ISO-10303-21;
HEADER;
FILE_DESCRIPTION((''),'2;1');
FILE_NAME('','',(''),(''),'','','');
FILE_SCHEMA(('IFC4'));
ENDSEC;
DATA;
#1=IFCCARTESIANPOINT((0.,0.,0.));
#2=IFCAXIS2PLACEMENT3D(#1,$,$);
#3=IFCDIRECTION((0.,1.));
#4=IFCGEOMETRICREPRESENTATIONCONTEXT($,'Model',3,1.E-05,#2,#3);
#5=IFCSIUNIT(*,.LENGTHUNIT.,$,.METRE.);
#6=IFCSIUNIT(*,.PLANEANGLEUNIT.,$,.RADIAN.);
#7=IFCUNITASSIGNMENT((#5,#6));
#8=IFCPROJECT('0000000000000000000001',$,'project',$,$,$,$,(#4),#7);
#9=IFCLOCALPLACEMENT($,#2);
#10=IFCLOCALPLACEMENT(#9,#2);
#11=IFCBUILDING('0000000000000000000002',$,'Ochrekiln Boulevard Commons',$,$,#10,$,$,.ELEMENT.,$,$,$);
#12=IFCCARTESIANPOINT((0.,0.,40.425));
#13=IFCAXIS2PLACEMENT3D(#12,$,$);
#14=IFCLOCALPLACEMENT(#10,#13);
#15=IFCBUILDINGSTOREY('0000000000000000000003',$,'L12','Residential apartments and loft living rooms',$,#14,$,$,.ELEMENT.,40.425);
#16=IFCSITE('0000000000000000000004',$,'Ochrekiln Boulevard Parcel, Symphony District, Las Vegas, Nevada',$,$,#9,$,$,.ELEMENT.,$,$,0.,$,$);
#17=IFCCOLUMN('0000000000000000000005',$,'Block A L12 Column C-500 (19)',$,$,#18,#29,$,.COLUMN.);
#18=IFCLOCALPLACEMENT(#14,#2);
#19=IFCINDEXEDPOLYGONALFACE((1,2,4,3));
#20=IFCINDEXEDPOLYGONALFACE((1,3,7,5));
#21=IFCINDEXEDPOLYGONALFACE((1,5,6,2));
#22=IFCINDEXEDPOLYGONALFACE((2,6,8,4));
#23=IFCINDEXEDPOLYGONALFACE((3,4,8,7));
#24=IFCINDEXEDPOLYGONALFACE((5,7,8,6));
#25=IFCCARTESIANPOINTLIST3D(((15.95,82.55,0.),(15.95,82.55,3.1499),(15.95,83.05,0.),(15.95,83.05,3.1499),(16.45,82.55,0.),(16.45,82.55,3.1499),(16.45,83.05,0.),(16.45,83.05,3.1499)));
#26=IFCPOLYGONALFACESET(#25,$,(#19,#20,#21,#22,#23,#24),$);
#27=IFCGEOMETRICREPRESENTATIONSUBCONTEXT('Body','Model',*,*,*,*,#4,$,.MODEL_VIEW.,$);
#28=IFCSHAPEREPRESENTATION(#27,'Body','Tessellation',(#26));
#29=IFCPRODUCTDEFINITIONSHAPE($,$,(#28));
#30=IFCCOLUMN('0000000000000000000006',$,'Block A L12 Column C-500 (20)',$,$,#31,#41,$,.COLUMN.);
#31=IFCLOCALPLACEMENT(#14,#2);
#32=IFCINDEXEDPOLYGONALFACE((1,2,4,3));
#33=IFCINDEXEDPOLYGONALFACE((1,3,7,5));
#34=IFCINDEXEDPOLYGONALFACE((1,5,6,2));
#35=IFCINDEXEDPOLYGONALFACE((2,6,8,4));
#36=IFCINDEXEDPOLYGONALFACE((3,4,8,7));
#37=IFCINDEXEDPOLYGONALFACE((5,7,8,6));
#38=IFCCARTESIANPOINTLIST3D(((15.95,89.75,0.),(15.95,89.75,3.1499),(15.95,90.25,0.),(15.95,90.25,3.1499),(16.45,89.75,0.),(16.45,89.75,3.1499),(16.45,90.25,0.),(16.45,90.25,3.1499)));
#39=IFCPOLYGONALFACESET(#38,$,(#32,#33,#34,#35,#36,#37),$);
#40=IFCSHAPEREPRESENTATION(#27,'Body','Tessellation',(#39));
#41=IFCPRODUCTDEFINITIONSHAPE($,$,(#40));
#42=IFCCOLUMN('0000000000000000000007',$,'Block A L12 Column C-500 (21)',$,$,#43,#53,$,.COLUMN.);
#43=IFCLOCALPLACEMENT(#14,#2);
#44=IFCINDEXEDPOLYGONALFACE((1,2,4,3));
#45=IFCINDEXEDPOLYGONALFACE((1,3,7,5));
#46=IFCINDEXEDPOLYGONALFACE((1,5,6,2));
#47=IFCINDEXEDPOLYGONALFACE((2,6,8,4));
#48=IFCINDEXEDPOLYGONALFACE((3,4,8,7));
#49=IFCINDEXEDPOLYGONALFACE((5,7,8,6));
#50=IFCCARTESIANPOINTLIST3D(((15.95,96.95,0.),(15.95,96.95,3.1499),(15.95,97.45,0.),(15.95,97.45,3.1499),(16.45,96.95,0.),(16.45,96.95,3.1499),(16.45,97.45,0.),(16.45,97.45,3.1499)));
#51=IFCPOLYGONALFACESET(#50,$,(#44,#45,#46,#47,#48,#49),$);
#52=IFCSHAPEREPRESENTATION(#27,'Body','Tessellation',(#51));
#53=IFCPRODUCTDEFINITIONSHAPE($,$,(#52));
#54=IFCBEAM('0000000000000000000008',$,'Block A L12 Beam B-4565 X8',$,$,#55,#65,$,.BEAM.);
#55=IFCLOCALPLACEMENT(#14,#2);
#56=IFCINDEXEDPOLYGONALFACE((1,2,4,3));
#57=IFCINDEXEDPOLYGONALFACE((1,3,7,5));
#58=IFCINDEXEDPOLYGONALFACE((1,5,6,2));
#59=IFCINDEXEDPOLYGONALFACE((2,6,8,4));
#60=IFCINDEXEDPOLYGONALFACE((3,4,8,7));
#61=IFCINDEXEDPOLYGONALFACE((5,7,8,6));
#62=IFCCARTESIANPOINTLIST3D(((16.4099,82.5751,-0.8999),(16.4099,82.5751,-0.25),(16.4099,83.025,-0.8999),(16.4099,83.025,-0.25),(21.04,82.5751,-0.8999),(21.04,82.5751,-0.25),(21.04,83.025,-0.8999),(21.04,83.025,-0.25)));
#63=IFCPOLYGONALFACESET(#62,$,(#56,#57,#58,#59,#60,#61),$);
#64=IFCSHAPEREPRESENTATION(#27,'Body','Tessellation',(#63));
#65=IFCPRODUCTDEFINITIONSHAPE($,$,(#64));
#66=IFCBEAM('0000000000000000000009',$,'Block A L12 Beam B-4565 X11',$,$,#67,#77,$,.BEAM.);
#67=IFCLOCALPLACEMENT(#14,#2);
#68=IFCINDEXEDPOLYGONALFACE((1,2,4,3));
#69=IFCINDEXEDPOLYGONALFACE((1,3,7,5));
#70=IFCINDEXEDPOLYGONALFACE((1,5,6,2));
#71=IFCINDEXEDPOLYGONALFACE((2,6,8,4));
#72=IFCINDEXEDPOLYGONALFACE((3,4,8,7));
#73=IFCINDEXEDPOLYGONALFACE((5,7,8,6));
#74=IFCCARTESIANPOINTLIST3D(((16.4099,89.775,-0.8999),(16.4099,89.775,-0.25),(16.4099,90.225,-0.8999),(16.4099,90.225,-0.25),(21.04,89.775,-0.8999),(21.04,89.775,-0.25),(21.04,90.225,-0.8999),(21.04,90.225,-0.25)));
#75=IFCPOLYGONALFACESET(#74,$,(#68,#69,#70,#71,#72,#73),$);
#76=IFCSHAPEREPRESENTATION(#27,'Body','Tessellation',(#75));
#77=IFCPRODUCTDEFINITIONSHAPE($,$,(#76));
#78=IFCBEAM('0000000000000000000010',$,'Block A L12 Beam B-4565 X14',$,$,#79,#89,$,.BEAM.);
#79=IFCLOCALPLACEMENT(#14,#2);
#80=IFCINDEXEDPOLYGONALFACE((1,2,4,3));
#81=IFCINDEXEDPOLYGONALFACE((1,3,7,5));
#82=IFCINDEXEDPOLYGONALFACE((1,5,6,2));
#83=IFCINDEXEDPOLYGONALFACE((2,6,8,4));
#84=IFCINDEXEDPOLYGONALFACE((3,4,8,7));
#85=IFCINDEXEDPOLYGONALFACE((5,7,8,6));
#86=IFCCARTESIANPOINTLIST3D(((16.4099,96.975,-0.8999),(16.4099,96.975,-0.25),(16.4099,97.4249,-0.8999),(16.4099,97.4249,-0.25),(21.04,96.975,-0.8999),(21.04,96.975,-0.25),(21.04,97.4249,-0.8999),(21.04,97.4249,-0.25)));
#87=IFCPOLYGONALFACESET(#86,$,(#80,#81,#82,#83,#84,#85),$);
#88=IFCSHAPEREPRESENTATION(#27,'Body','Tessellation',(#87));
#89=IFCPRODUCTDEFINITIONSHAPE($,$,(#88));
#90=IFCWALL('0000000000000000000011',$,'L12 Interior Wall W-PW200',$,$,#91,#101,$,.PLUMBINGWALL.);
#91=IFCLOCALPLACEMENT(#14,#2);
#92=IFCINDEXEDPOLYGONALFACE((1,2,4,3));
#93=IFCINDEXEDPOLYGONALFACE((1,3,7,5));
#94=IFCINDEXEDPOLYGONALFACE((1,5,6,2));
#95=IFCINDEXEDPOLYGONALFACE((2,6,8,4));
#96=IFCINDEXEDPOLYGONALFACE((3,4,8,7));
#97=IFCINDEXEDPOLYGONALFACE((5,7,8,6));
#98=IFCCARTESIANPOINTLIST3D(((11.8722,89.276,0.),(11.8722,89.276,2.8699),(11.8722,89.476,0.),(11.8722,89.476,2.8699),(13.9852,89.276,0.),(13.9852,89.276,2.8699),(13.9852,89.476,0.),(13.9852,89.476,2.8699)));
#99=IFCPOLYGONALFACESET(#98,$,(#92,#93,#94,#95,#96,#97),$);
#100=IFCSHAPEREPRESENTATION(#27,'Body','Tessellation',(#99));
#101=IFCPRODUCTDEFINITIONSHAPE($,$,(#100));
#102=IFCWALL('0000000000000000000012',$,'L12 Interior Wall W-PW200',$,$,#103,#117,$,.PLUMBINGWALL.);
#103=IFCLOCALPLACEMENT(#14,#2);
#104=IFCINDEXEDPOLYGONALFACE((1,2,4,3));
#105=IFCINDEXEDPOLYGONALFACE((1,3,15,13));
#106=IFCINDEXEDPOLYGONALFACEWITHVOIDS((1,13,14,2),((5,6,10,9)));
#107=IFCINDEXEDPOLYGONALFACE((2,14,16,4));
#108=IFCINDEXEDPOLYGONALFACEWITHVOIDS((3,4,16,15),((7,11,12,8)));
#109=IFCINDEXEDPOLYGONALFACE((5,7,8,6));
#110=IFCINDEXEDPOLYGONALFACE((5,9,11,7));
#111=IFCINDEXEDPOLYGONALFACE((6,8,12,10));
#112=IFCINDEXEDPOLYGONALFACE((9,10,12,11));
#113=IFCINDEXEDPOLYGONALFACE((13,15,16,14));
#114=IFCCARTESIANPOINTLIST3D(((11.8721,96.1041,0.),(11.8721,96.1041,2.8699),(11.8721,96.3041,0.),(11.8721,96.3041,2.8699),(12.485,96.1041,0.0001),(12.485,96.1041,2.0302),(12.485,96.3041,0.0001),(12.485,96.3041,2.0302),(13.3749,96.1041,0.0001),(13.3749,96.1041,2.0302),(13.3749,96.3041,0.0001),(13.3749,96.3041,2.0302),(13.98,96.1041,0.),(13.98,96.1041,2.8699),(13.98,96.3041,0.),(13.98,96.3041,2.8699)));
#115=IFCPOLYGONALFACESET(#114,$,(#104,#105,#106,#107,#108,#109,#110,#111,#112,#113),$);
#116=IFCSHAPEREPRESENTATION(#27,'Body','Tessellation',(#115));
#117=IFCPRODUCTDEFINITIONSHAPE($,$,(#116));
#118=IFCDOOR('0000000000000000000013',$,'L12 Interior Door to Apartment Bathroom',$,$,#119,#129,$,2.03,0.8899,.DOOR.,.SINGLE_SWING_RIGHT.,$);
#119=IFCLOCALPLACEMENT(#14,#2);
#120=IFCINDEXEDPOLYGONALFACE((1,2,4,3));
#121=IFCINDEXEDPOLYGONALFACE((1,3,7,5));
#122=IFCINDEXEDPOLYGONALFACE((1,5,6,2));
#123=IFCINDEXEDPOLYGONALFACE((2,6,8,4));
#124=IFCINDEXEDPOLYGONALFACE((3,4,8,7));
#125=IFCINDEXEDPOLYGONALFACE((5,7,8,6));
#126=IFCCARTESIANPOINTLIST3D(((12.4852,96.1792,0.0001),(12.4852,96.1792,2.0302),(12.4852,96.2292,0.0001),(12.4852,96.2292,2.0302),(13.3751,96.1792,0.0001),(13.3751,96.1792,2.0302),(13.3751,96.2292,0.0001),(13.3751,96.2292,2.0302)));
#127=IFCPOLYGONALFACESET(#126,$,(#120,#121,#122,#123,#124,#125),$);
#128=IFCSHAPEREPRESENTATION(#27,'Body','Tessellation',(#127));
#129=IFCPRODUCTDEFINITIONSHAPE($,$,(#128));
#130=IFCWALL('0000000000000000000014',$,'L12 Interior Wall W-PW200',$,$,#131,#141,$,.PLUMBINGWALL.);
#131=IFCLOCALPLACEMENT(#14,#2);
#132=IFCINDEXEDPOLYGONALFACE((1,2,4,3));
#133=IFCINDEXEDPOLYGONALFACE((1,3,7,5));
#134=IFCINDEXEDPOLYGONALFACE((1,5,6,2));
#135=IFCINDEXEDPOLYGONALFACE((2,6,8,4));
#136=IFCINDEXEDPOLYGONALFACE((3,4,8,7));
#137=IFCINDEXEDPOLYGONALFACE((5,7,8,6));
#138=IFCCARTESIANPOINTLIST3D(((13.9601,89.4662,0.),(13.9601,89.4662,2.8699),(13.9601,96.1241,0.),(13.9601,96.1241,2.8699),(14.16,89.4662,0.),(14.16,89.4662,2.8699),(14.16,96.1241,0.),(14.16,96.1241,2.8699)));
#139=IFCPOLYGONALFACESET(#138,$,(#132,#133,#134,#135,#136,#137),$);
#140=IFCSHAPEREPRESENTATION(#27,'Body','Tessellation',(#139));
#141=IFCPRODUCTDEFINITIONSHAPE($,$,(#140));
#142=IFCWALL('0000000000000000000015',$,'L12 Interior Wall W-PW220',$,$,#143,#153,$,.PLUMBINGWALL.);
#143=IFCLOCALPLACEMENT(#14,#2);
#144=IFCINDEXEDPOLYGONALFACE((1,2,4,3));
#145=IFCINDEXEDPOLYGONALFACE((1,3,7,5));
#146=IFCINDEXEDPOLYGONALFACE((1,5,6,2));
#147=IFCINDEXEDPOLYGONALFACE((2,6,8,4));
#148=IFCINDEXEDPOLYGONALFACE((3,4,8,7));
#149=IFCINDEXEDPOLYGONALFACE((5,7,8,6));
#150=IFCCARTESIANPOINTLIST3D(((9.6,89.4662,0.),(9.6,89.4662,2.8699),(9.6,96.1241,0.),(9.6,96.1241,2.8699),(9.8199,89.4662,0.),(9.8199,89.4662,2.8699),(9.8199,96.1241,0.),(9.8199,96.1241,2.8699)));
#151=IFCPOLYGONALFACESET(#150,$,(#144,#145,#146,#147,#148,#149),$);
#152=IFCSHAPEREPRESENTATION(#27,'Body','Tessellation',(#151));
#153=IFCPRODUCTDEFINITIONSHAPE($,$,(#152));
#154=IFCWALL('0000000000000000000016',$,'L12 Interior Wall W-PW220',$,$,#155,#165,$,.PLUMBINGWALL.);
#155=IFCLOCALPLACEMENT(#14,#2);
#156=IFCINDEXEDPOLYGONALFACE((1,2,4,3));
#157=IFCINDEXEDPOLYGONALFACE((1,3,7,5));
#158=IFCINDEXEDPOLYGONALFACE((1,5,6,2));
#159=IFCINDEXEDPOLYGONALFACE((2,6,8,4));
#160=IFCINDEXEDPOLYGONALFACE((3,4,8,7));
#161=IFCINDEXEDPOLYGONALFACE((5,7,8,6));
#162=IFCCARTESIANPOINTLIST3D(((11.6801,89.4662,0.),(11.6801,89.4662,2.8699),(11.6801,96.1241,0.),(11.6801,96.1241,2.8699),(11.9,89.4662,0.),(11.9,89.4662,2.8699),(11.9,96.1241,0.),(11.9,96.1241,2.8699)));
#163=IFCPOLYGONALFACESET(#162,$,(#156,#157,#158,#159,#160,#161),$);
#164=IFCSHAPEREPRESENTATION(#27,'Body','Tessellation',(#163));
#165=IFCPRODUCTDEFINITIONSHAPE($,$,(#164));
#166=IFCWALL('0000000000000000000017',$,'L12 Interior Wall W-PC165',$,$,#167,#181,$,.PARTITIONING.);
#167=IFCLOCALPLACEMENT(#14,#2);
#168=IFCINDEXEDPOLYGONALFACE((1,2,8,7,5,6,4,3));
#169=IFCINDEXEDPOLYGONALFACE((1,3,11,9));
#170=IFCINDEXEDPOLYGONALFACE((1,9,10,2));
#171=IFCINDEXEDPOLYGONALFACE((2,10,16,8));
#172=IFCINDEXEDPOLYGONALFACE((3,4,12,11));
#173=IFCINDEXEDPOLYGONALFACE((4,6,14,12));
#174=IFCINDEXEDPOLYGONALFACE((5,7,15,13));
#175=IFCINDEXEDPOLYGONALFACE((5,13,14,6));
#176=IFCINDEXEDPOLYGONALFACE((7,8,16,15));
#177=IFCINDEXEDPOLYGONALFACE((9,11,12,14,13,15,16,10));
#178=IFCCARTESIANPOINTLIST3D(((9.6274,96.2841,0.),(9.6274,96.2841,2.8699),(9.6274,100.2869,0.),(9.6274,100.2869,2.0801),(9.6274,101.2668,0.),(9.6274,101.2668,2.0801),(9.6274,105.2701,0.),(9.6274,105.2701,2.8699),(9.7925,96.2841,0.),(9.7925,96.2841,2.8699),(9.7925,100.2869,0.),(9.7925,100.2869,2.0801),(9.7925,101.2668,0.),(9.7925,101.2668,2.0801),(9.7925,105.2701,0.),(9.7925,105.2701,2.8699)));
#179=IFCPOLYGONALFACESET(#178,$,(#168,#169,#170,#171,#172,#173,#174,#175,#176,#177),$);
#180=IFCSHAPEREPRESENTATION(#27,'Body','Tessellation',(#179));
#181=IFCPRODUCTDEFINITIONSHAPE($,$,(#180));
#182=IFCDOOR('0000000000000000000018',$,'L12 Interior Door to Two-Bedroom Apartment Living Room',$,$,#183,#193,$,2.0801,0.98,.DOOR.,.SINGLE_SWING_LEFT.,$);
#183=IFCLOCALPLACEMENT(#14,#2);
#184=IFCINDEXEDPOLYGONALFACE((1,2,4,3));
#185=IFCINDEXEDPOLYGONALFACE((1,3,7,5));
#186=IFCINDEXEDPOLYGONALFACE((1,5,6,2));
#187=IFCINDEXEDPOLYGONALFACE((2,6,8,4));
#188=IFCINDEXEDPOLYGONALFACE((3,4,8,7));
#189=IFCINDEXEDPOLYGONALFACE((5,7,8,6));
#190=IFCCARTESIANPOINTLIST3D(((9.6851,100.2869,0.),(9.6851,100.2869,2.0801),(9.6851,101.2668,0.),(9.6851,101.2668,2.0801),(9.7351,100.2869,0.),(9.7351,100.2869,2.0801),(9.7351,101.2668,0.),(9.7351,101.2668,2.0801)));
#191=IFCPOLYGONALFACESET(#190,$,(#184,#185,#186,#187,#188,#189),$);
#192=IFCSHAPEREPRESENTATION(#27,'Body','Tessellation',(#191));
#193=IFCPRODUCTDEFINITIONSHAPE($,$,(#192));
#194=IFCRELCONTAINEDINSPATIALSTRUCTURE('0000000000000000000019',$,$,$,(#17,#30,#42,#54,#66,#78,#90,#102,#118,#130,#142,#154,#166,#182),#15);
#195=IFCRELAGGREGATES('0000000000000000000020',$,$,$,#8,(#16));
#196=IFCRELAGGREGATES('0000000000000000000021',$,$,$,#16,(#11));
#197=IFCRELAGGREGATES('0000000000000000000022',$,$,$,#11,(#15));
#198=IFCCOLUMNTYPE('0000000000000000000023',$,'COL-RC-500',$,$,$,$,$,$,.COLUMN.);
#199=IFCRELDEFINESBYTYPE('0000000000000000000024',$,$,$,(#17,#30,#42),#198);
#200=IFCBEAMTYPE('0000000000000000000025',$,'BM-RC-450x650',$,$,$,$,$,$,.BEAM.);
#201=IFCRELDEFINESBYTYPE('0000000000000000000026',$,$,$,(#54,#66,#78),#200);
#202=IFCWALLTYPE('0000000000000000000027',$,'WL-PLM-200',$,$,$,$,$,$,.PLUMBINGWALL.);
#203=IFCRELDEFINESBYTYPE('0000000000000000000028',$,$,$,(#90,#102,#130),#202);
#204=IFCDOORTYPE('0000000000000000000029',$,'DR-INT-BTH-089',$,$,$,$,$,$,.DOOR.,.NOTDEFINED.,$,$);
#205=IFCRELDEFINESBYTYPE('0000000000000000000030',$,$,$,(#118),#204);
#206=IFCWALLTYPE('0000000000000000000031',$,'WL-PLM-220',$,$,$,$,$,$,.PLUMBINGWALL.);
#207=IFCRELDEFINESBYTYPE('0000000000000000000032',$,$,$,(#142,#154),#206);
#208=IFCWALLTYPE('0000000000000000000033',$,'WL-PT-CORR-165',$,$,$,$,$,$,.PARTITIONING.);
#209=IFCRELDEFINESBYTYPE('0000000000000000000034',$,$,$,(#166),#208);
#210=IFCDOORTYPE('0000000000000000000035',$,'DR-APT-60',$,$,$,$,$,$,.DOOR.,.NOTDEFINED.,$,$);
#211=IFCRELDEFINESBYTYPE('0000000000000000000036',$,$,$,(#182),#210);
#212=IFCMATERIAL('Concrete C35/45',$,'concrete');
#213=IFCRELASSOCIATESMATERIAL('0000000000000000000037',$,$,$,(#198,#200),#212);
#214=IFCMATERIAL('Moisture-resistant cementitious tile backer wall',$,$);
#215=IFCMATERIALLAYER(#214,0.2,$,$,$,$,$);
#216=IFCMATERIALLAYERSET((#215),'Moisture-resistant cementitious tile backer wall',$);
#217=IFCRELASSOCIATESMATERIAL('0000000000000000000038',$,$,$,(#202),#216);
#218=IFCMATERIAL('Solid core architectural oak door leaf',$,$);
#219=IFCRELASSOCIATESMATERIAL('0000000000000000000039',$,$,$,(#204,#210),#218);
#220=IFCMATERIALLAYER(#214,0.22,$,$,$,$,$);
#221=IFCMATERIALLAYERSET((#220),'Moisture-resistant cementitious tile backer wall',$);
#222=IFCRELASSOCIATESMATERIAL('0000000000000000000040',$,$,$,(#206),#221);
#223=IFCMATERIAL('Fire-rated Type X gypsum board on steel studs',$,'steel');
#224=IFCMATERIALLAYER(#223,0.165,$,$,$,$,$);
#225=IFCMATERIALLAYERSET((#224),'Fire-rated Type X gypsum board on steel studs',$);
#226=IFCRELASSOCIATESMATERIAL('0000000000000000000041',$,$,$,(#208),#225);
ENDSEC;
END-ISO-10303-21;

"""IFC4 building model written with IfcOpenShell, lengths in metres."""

from ifc_helpers import new_model, si_unit, direction, frame, frame_2d, origin, origin_2d, place, context, subcontext, project, spatial, rectangle, extrude, material, layer, layer_set, material_profile, profile_set, type_object, element, fill, save


model = new_model("IFC4")

# Units and contexts
model_context = context("Model", 3, precision=1e-05, world=origin(), true_north=direction((0.0, 1.0)))
body_context = subcontext(model_context, "Body", "Model", "MODEL_VIEW")
ifc_project = project(units=[si_unit("LENGTHUNIT", "METRE"), si_unit("PLANEANGLEUNIT", "RADIAN")], contexts=[model_context])

# Site, building, storey
site_placement = place(None, origin())
site = spatial("IfcSite", under=ifc_project, at=site_placement, Name="Ochrekiln Boulevard Parcel, Symphony District, Las Vegas, Nevada", CompositionType="ELEMENT", RefElevation=0.0)
building_placement = place(site_placement, origin())
building = spatial("IfcBuilding", under=site, at=building_placement, Name="Ochrekiln Boulevard Commons", CompositionType="ELEMENT")
storey_placement = place(building_placement, frame((0.0, 0.0, 40.425)))
storey = spatial("IfcBuildingStorey", under=building, at=storey_placement, Name="L12", Description="Residential apartments and loft living rooms", CompositionType="ELEMENT", Elevation=40.425)

# Columns
ifc_material_1 = material(Name="Concrete C35/45", Category="concrete")
ifc_material_profile_1 = material_profile(ifc_material_1, rectangle(XDim=0.5, YDim=0.5, at=origin_2d()), Name="RC-COL-500x500")
ifc_profile_set_1 = profile_set([ifc_material_profile_1], Name="Concrete C35/45")
column_type = type_object("IfcColumnType", Name="COL-RC-500", PredefinedType="COLUMN", material=ifc_profile_set_1)
for number, where, z_axis, x_axis, name in (
    (1, (16.2, 82.8, 0.0), (0.0, 0.0, 1.0), (1.0, 0.0, 0.0), "Block A L12 Column C-500 (19)"),
    (2, (16.2, 90.0, 0.0), (0.0, 0.0, 1.0), (1.0, 0.0, 0.0), "Block A L12 Column C-500 (20)"),
    (3, (16.2, 97.2, 0.0), (0.0, 0.0, 1.0), (1.0, 0.0, 0.0), "Block A L12 Column C-500 (21)"),
):
    element("IfcColumn", number, at=place(storey_placement, frame(where, z_axis=z_axis, x_axis=x_axis)), inside=storey, type_object=column_type, Name=name, PredefinedType="COLUMN", context=body_context, shape_type="SweptSolid", body=[
        extrude(rectangle(XDim=0.5, YDim=0.5, at=origin_2d()), origin(), (0.0, 0.0, 1.0), 3.1499),
    ])

# Beams
ifc_material_profile_2 = material_profile(ifc_material_1, rectangle(XDim=0.45, YDim=0.6499, at=origin_2d()), Name="RC-BM-450x650")
ifc_profile_set_2 = profile_set([ifc_material_profile_2], Name="Concrete C35/45")
beam_type = type_object("IfcBeamType", Name="BM-RC-450x650", PredefinedType="BEAM", material=ifc_profile_set_2)
for number, where, z_axis, x_axis, name in (
    (4, (16.4099, 82.8, -0.575), (1.0, 0.0, 0.0), (0.0, 1.0, 0.0), "Block A L12 Beam B-4565 X8"),
    (5, (16.4099, 90.0, -0.575), (1.0, 0.0, 0.0), (0.0, 1.0, 0.0), "Block A L12 Beam B-4565 X11"),
    (6, (16.4099, 97.2, -0.575), (1.0, 0.0, 0.0), (0.0, 1.0, 0.0), "Block A L12 Beam B-4565 X14"),
):
    element("IfcBeam", number, at=place(storey_placement, frame(where, z_axis=z_axis, x_axis=x_axis)), inside=storey, type_object=beam_type, Name=name, PredefinedType="BEAM", context=body_context, shape_type="SweptSolid", body=[
        extrude(rectangle(XDim=0.45, YDim=0.6499, at=origin_2d()), origin(), (0.0, 0.0, 1.0), 4.6301),
    ])

# Wall
ifc_material_2 = material(Name="Moisture-resistant cementitious tile backer wall")
ifc_layer_1 = layer(ifc_material_2, 0.2)
ifc_layer_set_1 = layer_set([ifc_layer_1], Name="Moisture-resistant cementitious tile backer wall")
wall_type_1 = type_object("IfcWallType", Name="WL-PLM-200", PredefinedType="PLUMBINGWALL", material=ifc_layer_set_1)
wall_1_placement = place(storey_placement, frame((11.8721, 89.376, 0.0), z_axis=(0.0, 0.0, 1.0), x_axis=(1.0, 0.0, 0.0)))
element("IfcWall", 7, at=wall_1_placement, inside=storey, type_object=wall_type_1, Name="L12 Interior Wall W-PW200", PredefinedType="PLUMBINGWALL", context=body_context, shape_type="SweptSolid", body=[
    extrude(rectangle(XDim=2.113, YDim=0.2, at=frame_2d((1.0566, 0.0))), origin(), (0.0, 0.0, 1.0), 2.8699),
])

# Wall, opening, door
wall_2_placement = place(storey_placement, frame((11.8721, 96.2041, 0.0), z_axis=(0.0, 0.0, 1.0), x_axis=(1.0, 0.0, 0.0)))
wall_2 = element("IfcWall", 8, at=wall_2_placement, inside=storey, type_object=wall_type_1, Name="L12 Interior Wall W-PW200", PredefinedType="PLUMBINGWALL", context=body_context, shape_type="SweptSolid", body=[
    extrude(rectangle(XDim=2.1079, YDim=0.2, at=frame_2d((1.054, 0.0))), origin(), (0.0, 0.0, 1.0), 2.8699),
])
opening_1_placement = place(wall_2_placement, frame((0.613, 0.0, 0.0)))
opening_1 = element("IfcOpeningElement", 9, at=opening_1_placement, cuts=wall_2, PredefinedType="OPENING", context=body_context, shape_type="SweptSolid", body=[
    extrude(rectangle(XDim=0.8899, YDim=2.03, at=frame_2d((0.4448, 1.0151))), frame((0.0, 0.1099, 0.0), z_axis=(0.0, -1.0, 0.0), x_axis=(1.0, 0.0, 0.0)), (0.0, 0.0, 1.0), 0.22),
])
ifc_material_3 = material(Name="Solid core architectural oak door leaf")
door_type_1 = type_object("IfcDoorType", Name="DR-INT-BTH-089", OperationType="NOTDEFINED", PredefinedType="DOOR", material=ifc_material_3)
door_1_placement = place(opening_1_placement, frame((0.8899, 0.0, 0.0), z_axis=(0.0, 0.0, 1.0), x_axis=(-1.0, 0.0, 0.0)))
door_1 = element("IfcDoor", 10, at=door_1_placement, inside=storey, type_object=door_type_1, Name="L12 Interior Door to Apartment Bathroom", OperationType="SINGLE_SWING_RIGHT", OverallHeight=2.03, OverallWidth=0.8899, PredefinedType="DOOR", context=body_context, shape_type="SweptSolid", body=[
    extrude(rectangle(XDim=0.8899, YDim=2.03, at=frame_2d((0.4448, 1.0151))), frame((0.0, 0.0249, 0.0), z_axis=(0.0, -1.0, 0.0), x_axis=(1.0, 0.0, 0.0)), (0.0, 0.0, 1.0), 0.05),
])
fill(opening_1, door_1)

# Walls
wall_3_placement = place(storey_placement, frame((14.0601, 89.4661, 0.0), z_axis=(0.0, 0.0, 1.0), x_axis=(0.0, 1.0, 0.0)))
element("IfcWall", 11, at=wall_3_placement, inside=storey, type_object=wall_type_1, Name="L12 Interior Wall W-PW200", PredefinedType="PLUMBINGWALL", context=body_context, shape_type="SweptSolid", body=[
    extrude(rectangle(XDim=6.658, YDim=0.2, at=frame_2d((3.3291, 0.0))), origin(), (0.0, 0.0, 1.0), 2.8699),
])
ifc_layer_2 = layer(ifc_material_2, 0.22)
ifc_layer_set_2 = layer_set([ifc_layer_2], Name="Moisture-resistant cementitious tile backer wall")
wall_type_2 = type_object("IfcWallType", Name="WL-PLM-220", PredefinedType="PLUMBINGWALL", material=ifc_layer_set_2)
for number, where, z_axis, x_axis, name in (
    (12, (9.71, 89.4661, 0.0), (0.0, 0.0, 1.0), (0.0, 1.0, 0.0), "L12 Interior Wall W-PW220"),
    (13, (11.79, 89.4661, 0.0), (0.0, 0.0, 1.0), (0.0, 1.0, 0.0), "L12 Interior Wall W-PW220"),
):
    element("IfcWall", number, at=place(storey_placement, frame(where, z_axis=z_axis, x_axis=x_axis)), inside=storey, type_object=wall_type_2, Name=name, PredefinedType="PLUMBINGWALL", context=body_context, shape_type="SweptSolid", body=[
        extrude(rectangle(XDim=6.658, YDim=0.22, at=frame_2d((3.3291, 0.0))), origin(), (0.0, 0.0, 1.0), 2.8699),
    ])

# Wall, opening, door
ifc_material_4 = material(Name="Fire-rated Type X gypsum board on steel studs", Category="steel")
ifc_layer_3 = layer(ifc_material_4, 0.165)
ifc_layer_set_3 = layer_set([ifc_layer_3], Name="Fire-rated Type X gypsum board on steel studs")
wall_type_3 = type_object("IfcWallType", Name="WL-PT-CORR-165", PredefinedType="PARTITIONING", material=ifc_layer_set_3)
wall_4_placement = place(storey_placement, frame((9.71, 96.2839, 0.0), z_axis=(0.0, 0.0, 1.0), x_axis=(0.0, 1.0, 0.0)))
wall_4 = element("IfcWall", 14, at=wall_4_placement, inside=storey, type_object=wall_type_3, Name="L12 Interior Wall W-PC165", PredefinedType="PARTITIONING", context=body_context, shape_type="SweptSolid", body=[
    extrude(rectangle(XDim=8.9861, YDim=0.165, at=frame_2d((4.4932, 0.0))), origin(), (0.0, 0.0, 1.0), 2.8699),
])
opening_2_placement = place(wall_4_placement, frame((4.0029, 0.0, 0.0)))
opening_2 = element("IfcOpeningElement", 15, at=opening_2_placement, cuts=wall_4, PredefinedType="OPENING", context=body_context, shape_type="SweptSolid", body=[
    extrude(rectangle(XDim=0.98, YDim=2.0801, at=frame_2d((0.49, 1.04))), frame((0.0, 0.0925, 0.0), z_axis=(0.0, -1.0, 0.0), x_axis=(1.0, 0.0, 0.0)), (0.0, 0.0, 1.0), 0.1851),
])
door_type_2 = type_object("IfcDoorType", Name="DR-APT-60", OperationType="NOTDEFINED", PredefinedType="DOOR", material=ifc_material_3)
door_2_placement = place(opening_2_placement, origin())
door_2 = element("IfcDoor", 16, at=door_2_placement, inside=storey, type_object=door_type_2, Name="L12 Interior Door to Two-Bedroom Apartment Living Room", OperationType="SINGLE_SWING_LEFT", OverallHeight=2.0801, OverallWidth=0.98, PredefinedType="DOOR", context=body_context, shape_type="SweptSolid", body=[
    extrude(rectangle(XDim=0.98, YDim=2.0801, at=frame_2d((0.49, 1.04))), frame((0.0, 0.0249, 0.0), z_axis=(0.0, -1.0, 0.0), x_axis=(1.0, 0.0, 0.0)), (0.0, 0.0, 1.0), 0.05),
])
fill(opening_2, door_2)

save(model, "model.ifc")
